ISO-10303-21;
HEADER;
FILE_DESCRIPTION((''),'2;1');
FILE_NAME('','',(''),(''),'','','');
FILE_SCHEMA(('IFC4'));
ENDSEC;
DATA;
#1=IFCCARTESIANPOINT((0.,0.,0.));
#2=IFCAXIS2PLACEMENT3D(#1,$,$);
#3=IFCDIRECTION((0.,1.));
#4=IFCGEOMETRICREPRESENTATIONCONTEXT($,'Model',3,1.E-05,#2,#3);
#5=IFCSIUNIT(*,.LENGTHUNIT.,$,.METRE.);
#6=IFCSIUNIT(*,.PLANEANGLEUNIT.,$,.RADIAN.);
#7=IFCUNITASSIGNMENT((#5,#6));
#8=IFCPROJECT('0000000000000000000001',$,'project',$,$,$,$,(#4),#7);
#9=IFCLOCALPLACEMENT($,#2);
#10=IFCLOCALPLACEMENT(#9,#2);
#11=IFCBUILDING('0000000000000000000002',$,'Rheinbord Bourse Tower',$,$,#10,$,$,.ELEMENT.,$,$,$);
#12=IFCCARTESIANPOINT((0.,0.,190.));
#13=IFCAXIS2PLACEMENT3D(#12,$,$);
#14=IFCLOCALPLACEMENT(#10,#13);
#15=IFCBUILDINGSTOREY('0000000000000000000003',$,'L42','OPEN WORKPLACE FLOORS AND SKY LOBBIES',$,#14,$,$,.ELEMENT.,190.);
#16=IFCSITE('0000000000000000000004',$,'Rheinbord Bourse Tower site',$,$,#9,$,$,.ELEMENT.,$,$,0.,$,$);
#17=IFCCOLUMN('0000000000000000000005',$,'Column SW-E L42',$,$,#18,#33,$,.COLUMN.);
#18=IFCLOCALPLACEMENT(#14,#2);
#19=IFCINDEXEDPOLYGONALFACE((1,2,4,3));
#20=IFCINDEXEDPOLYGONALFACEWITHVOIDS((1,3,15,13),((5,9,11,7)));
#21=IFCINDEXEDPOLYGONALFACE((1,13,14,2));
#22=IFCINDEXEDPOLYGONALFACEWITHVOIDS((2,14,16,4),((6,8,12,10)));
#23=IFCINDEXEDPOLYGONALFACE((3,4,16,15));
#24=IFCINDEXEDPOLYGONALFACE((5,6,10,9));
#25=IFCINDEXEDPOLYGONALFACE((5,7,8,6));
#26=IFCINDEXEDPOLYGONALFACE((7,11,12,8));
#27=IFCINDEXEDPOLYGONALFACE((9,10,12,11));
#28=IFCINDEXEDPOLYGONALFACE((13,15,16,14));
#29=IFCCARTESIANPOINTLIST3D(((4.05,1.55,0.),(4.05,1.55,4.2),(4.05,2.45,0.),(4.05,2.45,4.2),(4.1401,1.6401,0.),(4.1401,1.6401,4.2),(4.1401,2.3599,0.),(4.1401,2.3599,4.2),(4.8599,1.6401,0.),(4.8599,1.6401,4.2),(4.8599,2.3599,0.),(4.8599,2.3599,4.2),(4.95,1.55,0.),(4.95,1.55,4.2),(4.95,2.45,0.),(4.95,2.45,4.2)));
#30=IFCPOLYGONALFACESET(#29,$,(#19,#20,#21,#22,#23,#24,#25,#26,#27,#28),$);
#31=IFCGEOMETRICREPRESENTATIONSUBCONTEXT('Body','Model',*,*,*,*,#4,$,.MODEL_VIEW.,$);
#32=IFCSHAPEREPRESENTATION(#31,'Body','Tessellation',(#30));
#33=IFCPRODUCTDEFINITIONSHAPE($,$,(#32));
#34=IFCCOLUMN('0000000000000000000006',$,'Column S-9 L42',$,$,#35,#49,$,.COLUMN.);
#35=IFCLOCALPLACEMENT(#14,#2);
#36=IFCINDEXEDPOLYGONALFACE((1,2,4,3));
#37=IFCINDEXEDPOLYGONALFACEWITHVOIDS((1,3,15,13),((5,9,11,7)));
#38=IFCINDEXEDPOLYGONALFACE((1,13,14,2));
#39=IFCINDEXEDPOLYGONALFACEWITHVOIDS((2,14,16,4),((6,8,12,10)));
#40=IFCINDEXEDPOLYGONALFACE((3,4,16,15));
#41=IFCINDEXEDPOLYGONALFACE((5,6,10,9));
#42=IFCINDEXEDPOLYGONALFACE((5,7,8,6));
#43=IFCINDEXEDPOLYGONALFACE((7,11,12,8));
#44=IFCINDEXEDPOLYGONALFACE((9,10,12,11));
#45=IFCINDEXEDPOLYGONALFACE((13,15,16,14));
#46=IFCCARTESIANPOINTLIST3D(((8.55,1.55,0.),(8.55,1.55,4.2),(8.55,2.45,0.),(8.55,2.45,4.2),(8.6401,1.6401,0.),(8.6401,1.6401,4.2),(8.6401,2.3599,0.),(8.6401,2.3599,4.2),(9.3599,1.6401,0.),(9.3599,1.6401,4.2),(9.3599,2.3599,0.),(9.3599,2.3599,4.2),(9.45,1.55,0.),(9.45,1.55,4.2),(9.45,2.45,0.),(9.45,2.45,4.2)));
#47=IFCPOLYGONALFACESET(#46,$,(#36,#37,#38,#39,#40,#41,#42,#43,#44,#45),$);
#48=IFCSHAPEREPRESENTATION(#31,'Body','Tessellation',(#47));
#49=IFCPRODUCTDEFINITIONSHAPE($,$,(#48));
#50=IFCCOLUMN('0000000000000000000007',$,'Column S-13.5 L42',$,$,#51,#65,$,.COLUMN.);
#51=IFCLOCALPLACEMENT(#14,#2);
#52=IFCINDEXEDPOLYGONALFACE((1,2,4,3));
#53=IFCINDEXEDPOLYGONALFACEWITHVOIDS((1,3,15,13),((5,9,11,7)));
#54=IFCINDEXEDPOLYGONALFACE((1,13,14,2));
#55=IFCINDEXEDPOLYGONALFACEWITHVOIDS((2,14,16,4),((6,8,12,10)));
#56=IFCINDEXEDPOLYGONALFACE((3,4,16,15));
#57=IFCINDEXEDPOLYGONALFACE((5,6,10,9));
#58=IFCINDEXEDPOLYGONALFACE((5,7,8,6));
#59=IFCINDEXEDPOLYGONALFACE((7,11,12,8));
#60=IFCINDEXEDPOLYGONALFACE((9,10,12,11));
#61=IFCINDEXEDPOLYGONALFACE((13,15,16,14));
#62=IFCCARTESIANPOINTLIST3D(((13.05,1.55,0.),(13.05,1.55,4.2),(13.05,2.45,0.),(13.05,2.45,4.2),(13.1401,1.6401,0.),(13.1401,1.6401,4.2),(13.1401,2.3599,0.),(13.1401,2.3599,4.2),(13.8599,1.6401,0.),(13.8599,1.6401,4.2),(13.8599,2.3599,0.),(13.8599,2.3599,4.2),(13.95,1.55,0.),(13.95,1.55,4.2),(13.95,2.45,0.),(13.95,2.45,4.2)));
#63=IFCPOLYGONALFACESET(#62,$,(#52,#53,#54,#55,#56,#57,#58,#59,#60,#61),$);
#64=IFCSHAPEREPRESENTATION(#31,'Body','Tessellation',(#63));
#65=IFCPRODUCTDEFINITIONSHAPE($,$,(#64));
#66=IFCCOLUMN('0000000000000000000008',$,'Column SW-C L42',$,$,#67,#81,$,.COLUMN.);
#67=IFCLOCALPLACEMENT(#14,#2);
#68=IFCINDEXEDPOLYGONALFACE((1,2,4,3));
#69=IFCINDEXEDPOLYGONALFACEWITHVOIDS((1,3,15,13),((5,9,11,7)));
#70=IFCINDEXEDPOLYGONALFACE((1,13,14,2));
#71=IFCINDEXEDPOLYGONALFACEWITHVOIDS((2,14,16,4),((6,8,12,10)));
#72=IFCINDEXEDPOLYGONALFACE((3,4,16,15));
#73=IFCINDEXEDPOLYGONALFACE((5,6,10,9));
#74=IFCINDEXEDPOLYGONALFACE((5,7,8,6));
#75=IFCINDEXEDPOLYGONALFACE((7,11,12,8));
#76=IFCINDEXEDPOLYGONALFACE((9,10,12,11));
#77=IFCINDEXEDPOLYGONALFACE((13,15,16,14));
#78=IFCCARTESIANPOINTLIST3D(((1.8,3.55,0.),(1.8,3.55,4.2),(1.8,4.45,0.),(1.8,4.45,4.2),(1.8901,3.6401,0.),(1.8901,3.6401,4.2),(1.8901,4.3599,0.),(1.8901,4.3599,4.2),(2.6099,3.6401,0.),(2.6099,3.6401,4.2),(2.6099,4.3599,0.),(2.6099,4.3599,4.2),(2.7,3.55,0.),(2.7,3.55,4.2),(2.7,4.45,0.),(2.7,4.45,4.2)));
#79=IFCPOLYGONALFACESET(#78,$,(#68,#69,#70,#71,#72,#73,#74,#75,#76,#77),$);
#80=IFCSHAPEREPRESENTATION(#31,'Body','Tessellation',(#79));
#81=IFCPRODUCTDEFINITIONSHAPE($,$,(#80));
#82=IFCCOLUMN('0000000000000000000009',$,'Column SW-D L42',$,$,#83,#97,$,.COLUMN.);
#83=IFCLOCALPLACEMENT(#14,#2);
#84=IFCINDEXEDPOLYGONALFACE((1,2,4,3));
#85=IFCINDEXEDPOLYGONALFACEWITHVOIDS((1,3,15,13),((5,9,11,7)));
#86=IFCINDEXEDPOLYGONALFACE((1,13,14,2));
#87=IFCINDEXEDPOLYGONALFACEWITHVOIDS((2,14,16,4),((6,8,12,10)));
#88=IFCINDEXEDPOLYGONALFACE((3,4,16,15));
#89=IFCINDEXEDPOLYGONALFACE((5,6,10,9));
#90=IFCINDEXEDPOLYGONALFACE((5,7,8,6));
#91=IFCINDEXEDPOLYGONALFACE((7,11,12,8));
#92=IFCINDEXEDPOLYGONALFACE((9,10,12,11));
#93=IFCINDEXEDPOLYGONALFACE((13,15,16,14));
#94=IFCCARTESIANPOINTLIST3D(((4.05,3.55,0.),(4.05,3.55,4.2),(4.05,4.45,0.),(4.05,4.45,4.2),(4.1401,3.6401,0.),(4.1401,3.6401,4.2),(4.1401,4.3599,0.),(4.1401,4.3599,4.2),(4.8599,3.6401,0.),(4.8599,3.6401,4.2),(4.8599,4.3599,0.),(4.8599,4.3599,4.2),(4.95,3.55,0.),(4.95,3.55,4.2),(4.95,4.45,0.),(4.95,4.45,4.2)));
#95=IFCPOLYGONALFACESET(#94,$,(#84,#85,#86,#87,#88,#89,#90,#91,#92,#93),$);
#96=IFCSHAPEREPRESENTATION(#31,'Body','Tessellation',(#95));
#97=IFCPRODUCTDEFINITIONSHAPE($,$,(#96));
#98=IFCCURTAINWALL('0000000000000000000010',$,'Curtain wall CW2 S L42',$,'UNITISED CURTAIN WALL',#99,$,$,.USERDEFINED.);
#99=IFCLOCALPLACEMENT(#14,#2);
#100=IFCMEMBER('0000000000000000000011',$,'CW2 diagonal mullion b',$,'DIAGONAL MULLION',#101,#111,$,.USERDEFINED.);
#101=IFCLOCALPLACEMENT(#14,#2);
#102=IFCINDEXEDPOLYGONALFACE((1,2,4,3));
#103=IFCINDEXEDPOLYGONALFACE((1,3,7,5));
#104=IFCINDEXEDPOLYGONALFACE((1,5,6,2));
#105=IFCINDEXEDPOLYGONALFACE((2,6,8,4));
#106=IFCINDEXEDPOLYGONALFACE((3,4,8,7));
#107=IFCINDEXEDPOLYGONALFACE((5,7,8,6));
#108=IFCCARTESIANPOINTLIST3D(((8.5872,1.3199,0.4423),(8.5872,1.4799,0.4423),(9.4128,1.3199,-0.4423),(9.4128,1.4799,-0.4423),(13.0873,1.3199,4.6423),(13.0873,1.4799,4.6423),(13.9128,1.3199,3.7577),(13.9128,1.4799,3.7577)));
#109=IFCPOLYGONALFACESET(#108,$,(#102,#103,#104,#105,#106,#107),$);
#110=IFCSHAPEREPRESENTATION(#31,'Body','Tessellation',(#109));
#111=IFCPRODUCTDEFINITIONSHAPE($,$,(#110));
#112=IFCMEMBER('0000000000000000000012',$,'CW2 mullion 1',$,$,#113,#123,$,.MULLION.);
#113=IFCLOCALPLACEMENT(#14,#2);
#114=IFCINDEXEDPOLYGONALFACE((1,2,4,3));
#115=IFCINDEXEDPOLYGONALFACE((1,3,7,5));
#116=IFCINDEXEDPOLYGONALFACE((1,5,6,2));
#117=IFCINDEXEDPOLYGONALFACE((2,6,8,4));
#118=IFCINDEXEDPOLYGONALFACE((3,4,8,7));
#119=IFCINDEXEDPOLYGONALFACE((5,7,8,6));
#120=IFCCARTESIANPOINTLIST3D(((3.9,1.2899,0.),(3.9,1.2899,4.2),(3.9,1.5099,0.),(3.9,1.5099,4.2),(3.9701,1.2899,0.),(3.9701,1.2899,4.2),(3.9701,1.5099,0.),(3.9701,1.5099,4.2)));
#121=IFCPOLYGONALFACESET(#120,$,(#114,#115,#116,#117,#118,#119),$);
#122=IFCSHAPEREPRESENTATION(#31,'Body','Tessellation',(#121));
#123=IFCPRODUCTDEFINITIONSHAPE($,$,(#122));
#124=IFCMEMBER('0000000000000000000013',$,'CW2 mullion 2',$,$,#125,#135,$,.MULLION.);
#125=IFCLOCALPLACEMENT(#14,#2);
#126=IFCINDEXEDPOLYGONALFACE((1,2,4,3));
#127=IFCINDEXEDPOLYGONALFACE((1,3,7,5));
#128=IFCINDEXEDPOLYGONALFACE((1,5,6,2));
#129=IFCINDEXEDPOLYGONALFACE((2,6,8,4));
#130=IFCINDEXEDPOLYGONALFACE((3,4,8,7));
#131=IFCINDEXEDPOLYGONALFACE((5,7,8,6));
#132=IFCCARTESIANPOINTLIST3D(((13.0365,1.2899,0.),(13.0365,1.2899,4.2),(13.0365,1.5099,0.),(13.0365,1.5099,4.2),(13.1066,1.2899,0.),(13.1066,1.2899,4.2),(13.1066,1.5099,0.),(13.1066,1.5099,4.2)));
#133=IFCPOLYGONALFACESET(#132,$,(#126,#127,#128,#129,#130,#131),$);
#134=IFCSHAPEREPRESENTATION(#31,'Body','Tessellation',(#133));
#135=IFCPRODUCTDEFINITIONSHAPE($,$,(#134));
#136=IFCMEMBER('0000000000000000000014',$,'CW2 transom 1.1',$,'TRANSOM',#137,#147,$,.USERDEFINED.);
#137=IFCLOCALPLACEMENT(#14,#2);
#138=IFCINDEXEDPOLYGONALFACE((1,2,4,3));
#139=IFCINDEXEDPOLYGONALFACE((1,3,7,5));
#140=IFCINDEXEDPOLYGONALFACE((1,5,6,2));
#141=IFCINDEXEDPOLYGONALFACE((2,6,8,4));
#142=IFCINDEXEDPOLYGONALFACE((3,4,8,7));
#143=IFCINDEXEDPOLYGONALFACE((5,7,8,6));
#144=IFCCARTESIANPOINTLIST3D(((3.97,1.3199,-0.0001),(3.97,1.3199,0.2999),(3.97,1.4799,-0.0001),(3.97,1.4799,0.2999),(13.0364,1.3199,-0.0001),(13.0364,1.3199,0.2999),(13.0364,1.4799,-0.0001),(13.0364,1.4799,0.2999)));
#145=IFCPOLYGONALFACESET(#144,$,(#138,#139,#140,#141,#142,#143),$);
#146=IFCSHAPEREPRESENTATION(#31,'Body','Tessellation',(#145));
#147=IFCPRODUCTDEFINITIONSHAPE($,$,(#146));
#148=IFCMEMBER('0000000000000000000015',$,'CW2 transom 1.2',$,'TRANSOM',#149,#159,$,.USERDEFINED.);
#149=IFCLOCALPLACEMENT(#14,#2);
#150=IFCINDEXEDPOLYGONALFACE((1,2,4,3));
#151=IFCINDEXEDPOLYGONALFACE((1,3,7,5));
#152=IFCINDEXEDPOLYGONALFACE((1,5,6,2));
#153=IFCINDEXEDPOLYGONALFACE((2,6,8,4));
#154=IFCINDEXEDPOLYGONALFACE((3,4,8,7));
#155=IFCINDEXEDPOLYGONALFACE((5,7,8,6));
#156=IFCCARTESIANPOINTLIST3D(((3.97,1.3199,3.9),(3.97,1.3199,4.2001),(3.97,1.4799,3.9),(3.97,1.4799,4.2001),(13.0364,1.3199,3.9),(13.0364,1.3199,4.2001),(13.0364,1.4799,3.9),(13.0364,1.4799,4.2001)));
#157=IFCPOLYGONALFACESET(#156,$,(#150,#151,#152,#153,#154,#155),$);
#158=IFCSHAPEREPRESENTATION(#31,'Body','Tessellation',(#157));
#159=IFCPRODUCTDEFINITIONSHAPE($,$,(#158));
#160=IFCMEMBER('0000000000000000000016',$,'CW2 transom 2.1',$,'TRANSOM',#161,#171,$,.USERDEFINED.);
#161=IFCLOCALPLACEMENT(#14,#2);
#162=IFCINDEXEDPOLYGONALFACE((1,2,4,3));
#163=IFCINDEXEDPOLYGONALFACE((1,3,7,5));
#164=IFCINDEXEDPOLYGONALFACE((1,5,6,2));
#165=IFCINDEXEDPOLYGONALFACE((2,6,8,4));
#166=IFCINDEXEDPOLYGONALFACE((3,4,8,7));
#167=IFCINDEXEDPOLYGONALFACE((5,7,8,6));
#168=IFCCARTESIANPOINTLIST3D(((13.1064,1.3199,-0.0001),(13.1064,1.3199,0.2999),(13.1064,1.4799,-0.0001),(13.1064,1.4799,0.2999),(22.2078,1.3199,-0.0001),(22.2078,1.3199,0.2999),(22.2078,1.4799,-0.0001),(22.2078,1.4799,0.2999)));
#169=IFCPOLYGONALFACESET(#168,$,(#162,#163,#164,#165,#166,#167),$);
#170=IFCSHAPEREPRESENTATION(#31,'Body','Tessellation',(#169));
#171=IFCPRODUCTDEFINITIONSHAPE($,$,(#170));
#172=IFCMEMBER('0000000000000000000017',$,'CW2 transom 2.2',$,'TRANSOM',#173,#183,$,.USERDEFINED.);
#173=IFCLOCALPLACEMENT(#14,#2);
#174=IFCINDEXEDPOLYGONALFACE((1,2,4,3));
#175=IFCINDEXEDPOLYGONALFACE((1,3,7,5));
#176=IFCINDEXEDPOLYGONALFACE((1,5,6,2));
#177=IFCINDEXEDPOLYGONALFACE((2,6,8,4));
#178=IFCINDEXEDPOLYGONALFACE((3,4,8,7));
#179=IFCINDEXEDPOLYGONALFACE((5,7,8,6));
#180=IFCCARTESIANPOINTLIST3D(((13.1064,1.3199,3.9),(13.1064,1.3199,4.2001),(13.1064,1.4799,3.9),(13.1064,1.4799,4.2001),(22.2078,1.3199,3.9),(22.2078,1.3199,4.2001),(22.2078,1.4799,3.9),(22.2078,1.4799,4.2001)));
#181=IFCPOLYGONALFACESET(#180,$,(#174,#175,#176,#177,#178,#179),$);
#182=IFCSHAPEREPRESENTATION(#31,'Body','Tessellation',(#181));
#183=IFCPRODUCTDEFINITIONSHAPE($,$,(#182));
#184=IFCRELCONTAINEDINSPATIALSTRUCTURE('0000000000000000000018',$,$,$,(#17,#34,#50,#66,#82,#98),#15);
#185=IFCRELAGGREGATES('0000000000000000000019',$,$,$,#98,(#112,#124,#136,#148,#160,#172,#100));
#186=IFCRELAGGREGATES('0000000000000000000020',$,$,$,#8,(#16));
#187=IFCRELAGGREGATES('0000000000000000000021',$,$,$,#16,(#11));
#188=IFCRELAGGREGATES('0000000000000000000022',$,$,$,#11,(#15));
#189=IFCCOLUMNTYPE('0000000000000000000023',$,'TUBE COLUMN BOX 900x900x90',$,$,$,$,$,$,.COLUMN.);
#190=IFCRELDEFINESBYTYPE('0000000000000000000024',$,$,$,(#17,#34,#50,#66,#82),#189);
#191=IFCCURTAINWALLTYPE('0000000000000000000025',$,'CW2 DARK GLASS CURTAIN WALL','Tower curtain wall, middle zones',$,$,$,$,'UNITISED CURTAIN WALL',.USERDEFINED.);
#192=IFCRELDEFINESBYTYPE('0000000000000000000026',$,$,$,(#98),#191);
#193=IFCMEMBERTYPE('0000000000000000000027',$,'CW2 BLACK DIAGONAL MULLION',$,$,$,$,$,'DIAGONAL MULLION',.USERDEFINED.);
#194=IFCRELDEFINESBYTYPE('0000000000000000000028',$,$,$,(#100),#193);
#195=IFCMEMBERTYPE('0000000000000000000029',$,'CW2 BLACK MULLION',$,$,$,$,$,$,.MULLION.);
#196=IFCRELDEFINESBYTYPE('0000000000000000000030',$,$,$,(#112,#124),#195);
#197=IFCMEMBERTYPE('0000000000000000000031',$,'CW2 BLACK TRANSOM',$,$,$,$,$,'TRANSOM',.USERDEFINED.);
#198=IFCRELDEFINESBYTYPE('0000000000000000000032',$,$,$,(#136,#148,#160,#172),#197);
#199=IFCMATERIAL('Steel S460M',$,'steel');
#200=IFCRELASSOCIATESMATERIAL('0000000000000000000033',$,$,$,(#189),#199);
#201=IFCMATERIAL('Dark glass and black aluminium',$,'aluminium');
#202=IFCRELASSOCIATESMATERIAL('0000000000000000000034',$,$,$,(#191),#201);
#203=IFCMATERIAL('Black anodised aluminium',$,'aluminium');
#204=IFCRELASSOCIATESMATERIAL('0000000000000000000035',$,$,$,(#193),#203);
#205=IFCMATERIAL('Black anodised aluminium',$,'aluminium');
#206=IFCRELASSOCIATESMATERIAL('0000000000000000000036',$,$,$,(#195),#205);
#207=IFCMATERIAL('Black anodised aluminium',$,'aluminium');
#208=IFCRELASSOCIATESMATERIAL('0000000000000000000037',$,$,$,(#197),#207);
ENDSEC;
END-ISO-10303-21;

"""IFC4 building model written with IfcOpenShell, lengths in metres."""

from ifc_helpers import new_model, si_unit, direction, frame, origin, origin_2d, place, context, subcontext, project, spatial, rectangle, hollow_rectangle, extrude, material, material_profile, profile_set, type_object, element, aggregate, save


model = new_model("IFC4")

# Units and contexts
model_context = context("Model", 3, precision=1e-05, world=origin(), true_north=direction((0.0, 1.0)))
body_context = subcontext(model_context, "Body", "Model", "MODEL_VIEW")
ifc_project = project(units=[si_unit("LENGTHUNIT", "METRE"), si_unit("PLANEANGLEUNIT", "RADIAN")], contexts=[model_context])

# Site, building, storey
site_placement = place(None, origin())
site = spatial("IfcSite", under=ifc_project, at=site_placement, Name="Rheinbord Bourse Tower site", CompositionType="ELEMENT", RefElevation=0.0)
building_placement = place(site_placement, origin())
building = spatial("IfcBuilding", under=site, at=building_placement, Name="Rheinbord Bourse Tower", CompositionType="ELEMENT")
storey_placement = place(building_placement, frame((0.0, 0.0, 190.0)))
storey = spatial("IfcBuildingStorey", under=building, at=storey_placement, Name="L42", Description="OPEN WORKPLACE FLOORS AND SKY LOBBIES", CompositionType="ELEMENT", Elevation=190.0)

# Columns
ifc_material_1 = material(Name="Steel S460M", Category="steel")
ifc_material_profile_1 = material_profile(ifc_material_1, hollow_rectangle(XDim=0.8999, YDim=0.8999, WallThickness=0.0901, at=origin_2d()), Name="BOX 900x900x90")
ifc_profile_set_1 = profile_set([ifc_material_profile_1], Name="Steel S460M")
column_type = type_object("IfcColumnType", Name="TUBE COLUMN BOX 900x900x90", PredefinedType="COLUMN", material=ifc_profile_set_1)
for number, where, z_axis, x_axis, name in (
    (1, (4.5, 2.0, 0.0), (0.0, 0.0, 1.0), (0.0, 1.0, 0.0), "Column SW-E L42"),
    (2, (9.0, 2.0, 0.0), (0.0, 0.0, 1.0), (0.0, 1.0, 0.0), "Column S-9 L42"),
    (3, (13.5, 2.0, 0.0), (0.0, 0.0, 1.0), (0.0, 1.0, 0.0), "Column S-13.5 L42"),
    (4, (2.25, 4.0, 0.0), (0.0, 0.0, 1.0), (1.0, 0.0, 0.0), "Column SW-C L42"),
    (5, (4.5, 4.0, 0.0), (0.0, 0.0, 1.0), (0.0, 1.0, 0.0), "Column SW-D L42"),
):
    element("IfcColumn", number, at=place(storey_placement, frame(where, z_axis=z_axis, x_axis=x_axis)), inside=storey, type_object=column_type, Name=name, PredefinedType="COLUMN", context=body_context, shape_type="SweptSolid", body=[
        extrude(hollow_rectangle(XDim=0.8999, YDim=0.8999, WallThickness=0.0901, at=origin_2d()), origin(), (0.0, 0.0, 1.0), 4.2),
    ])

# Curtain wall, members
ifc_material_2 = material(Name="Dark glass and black aluminium", Category="aluminium")
curtain_wall_type = type_object("IfcCurtainWallType", Name="CW2 DARK GLASS CURTAIN WALL", Description="Tower curtain wall, middle zones", ElementType="UNITISED CURTAIN WALL", PredefinedType="USERDEFINED", material=ifc_material_2)
curtain_wall_placement = place(storey_placement, origin())
curtain_wall = element("IfcCurtainWall", 6, at=curtain_wall_placement, inside=storey, type_object=curtain_wall_type, Name="Curtain wall CW2 S L42", ObjectType="UNITISED CURTAIN WALL", PredefinedType="USERDEFINED")
ifc_material_3 = material(Name="Black anodised aluminium", Category="aluminium")
ifc_material_profile_2 = material_profile(ifc_material_3, rectangle(XDim=0.1599, YDim=1.21, at=origin_2d()), Name="CW2 DIAGONAL MULLION 1210x160")
ifc_profile_set_2 = profile_set([ifc_material_profile_2], Name="Black anodised aluminium")
member_type_1 = type_object("IfcMemberType", Name="CW2 BLACK DIAGONAL MULLION", ElementType="DIAGONAL MULLION", PredefinedType="USERDEFINED", material=ifc_profile_set_2)
member_1_placement = place(storey_placement, frame((9.0, 1.3999, 0.0), z_axis=(0.731059, 0.0, 0.682314), x_axis=(0.0, 1.0, 0.0)))
member_1 = element("IfcMember", 7, at=member_1_placement, type_object=member_type_1, Name="CW2 diagonal mullion b", ObjectType="DIAGONAL MULLION", PredefinedType="USERDEFINED", context=body_context, shape_type="SweptSolid", body=[
    extrude(rectangle(XDim=0.1599, YDim=1.21, at=origin_2d()), origin(), (0.0, 0.0, 1.0), 6.1555),
])
ifc_material_4 = material(Name="Black anodised aluminium", Category="aluminium")
ifc_material_profile_3 = material_profile(ifc_material_4, rectangle(XDim=0.22, YDim=0.0701, at=origin_2d()), Name="CW2 MULLION 70x220")
ifc_profile_set_3 = profile_set([ifc_material_profile_3], Name="Black anodised aluminium")
member_type_2 = type_object("IfcMemberType", Name="CW2 BLACK MULLION", PredefinedType="MULLION", material=ifc_profile_set_3)
member_2_placement = place(storey_placement, frame((3.9351, 1.3999, 0.0), z_axis=(0.0, 0.0, 1.0), x_axis=(0.0, 1.0, 0.0)))
member_2 = element("IfcMember", 8, at=member_2_placement, type_object=member_type_2, Name="CW2 mullion 1", PredefinedType="MULLION", context=body_context, shape_type="SweptSolid", body=[
    extrude(rectangle(XDim=0.22, YDim=0.0701, at=origin_2d()), origin(), (0.0, 0.0, 1.0), 4.2),
])
member_3_placement = place(storey_placement, frame((13.0715, 1.3999, 0.0), z_axis=(0.0, 0.0, 1.0), x_axis=(0.0, 1.0, 0.0)))
member_3 = element("IfcMember", 9, at=member_3_placement, type_object=member_type_2, Name="CW2 mullion 2", PredefinedType="MULLION", context=body_context, shape_type="SweptSolid", body=[
    extrude(rectangle(XDim=0.22, YDim=0.0701, at=origin_2d()), origin(), (0.0, 0.0, 1.0), 4.2),
])
ifc_material_5 = material(Name="Black anodised aluminium", Category="aluminium")
ifc_material_profile_4 = material_profile(ifc_material_5, rectangle(XDim=0.1599, YDim=0.3, at=origin_2d()), Name="CW2 TRANSOM 300x160")
ifc_profile_set_4 = profile_set([ifc_material_profile_4], Name="Black anodised aluminium")
member_type_3 = type_object("IfcMemberType", Name="CW2 BLACK TRANSOM", ElementType="TRANSOM", PredefinedType="USERDEFINED", material=ifc_profile_set_4)
member_4_placement = place(storey_placement, frame((3.97, 1.3999, 0.1499), z_axis=(1.0, 0.0, 0.0), x_axis=(0.0, 1.0, 0.0)))
member_4 = element("IfcMember", 10, at=member_4_placement, type_object=member_type_3, Name="CW2 transom 1.1", ObjectType="TRANSOM", PredefinedType="USERDEFINED", context=body_context, shape_type="SweptSolid", body=[
    extrude(rectangle(XDim=0.1599, YDim=0.3, at=origin_2d()), origin(), (0.0, 0.0, 1.0), 9.0664),
])
member_5_placement = place(storey_placement, frame((3.97, 1.3999, 4.05), z_axis=(1.0, 0.0, 0.0), x_axis=(0.0, 1.0, 0.0)))
member_5 = element("IfcMember", 11, at=member_5_placement, type_object=member_type_3, Name="CW2 transom 1.2", ObjectType="TRANSOM", PredefinedType="USERDEFINED", context=body_context, shape_type="SweptSolid", body=[
    extrude(rectangle(XDim=0.1599, YDim=0.3, at=origin_2d()), origin(), (0.0, 0.0, 1.0), 9.0664),
])
member_6_placement = place(storey_placement, frame((13.1064, 1.3999, 0.1499), z_axis=(1.0, 0.0, 0.0), x_axis=(0.0, 1.0, 0.0)))
member_6 = element("IfcMember", 12, at=member_6_placement, type_object=member_type_3, Name="CW2 transom 2.1", ObjectType="TRANSOM", PredefinedType="USERDEFINED", context=body_context, shape_type="SweptSolid", body=[
    extrude(rectangle(XDim=0.1599, YDim=0.3, at=origin_2d()), origin(), (0.0, 0.0, 1.0), 9.1013),
])
member_7_placement = place(storey_placement, frame((13.1064, 1.3999, 4.05), z_axis=(1.0, 0.0, 0.0), x_axis=(0.0, 1.0, 0.0)))
member_7 = element("IfcMember", 13, at=member_7_placement, type_object=member_type_3, Name="CW2 transom 2.2", ObjectType="TRANSOM", PredefinedType="USERDEFINED", context=body_context, shape_type="SweptSolid", body=[
    extrude(rectangle(XDim=0.1599, YDim=0.3, at=origin_2d()), origin(), (0.0, 0.0, 1.0), 9.1013),
])

aggregate(curtain_wall, [member_2, member_3, member_4, member_5, member_6, member_7, member_1])

save(model, "model.ifc")
